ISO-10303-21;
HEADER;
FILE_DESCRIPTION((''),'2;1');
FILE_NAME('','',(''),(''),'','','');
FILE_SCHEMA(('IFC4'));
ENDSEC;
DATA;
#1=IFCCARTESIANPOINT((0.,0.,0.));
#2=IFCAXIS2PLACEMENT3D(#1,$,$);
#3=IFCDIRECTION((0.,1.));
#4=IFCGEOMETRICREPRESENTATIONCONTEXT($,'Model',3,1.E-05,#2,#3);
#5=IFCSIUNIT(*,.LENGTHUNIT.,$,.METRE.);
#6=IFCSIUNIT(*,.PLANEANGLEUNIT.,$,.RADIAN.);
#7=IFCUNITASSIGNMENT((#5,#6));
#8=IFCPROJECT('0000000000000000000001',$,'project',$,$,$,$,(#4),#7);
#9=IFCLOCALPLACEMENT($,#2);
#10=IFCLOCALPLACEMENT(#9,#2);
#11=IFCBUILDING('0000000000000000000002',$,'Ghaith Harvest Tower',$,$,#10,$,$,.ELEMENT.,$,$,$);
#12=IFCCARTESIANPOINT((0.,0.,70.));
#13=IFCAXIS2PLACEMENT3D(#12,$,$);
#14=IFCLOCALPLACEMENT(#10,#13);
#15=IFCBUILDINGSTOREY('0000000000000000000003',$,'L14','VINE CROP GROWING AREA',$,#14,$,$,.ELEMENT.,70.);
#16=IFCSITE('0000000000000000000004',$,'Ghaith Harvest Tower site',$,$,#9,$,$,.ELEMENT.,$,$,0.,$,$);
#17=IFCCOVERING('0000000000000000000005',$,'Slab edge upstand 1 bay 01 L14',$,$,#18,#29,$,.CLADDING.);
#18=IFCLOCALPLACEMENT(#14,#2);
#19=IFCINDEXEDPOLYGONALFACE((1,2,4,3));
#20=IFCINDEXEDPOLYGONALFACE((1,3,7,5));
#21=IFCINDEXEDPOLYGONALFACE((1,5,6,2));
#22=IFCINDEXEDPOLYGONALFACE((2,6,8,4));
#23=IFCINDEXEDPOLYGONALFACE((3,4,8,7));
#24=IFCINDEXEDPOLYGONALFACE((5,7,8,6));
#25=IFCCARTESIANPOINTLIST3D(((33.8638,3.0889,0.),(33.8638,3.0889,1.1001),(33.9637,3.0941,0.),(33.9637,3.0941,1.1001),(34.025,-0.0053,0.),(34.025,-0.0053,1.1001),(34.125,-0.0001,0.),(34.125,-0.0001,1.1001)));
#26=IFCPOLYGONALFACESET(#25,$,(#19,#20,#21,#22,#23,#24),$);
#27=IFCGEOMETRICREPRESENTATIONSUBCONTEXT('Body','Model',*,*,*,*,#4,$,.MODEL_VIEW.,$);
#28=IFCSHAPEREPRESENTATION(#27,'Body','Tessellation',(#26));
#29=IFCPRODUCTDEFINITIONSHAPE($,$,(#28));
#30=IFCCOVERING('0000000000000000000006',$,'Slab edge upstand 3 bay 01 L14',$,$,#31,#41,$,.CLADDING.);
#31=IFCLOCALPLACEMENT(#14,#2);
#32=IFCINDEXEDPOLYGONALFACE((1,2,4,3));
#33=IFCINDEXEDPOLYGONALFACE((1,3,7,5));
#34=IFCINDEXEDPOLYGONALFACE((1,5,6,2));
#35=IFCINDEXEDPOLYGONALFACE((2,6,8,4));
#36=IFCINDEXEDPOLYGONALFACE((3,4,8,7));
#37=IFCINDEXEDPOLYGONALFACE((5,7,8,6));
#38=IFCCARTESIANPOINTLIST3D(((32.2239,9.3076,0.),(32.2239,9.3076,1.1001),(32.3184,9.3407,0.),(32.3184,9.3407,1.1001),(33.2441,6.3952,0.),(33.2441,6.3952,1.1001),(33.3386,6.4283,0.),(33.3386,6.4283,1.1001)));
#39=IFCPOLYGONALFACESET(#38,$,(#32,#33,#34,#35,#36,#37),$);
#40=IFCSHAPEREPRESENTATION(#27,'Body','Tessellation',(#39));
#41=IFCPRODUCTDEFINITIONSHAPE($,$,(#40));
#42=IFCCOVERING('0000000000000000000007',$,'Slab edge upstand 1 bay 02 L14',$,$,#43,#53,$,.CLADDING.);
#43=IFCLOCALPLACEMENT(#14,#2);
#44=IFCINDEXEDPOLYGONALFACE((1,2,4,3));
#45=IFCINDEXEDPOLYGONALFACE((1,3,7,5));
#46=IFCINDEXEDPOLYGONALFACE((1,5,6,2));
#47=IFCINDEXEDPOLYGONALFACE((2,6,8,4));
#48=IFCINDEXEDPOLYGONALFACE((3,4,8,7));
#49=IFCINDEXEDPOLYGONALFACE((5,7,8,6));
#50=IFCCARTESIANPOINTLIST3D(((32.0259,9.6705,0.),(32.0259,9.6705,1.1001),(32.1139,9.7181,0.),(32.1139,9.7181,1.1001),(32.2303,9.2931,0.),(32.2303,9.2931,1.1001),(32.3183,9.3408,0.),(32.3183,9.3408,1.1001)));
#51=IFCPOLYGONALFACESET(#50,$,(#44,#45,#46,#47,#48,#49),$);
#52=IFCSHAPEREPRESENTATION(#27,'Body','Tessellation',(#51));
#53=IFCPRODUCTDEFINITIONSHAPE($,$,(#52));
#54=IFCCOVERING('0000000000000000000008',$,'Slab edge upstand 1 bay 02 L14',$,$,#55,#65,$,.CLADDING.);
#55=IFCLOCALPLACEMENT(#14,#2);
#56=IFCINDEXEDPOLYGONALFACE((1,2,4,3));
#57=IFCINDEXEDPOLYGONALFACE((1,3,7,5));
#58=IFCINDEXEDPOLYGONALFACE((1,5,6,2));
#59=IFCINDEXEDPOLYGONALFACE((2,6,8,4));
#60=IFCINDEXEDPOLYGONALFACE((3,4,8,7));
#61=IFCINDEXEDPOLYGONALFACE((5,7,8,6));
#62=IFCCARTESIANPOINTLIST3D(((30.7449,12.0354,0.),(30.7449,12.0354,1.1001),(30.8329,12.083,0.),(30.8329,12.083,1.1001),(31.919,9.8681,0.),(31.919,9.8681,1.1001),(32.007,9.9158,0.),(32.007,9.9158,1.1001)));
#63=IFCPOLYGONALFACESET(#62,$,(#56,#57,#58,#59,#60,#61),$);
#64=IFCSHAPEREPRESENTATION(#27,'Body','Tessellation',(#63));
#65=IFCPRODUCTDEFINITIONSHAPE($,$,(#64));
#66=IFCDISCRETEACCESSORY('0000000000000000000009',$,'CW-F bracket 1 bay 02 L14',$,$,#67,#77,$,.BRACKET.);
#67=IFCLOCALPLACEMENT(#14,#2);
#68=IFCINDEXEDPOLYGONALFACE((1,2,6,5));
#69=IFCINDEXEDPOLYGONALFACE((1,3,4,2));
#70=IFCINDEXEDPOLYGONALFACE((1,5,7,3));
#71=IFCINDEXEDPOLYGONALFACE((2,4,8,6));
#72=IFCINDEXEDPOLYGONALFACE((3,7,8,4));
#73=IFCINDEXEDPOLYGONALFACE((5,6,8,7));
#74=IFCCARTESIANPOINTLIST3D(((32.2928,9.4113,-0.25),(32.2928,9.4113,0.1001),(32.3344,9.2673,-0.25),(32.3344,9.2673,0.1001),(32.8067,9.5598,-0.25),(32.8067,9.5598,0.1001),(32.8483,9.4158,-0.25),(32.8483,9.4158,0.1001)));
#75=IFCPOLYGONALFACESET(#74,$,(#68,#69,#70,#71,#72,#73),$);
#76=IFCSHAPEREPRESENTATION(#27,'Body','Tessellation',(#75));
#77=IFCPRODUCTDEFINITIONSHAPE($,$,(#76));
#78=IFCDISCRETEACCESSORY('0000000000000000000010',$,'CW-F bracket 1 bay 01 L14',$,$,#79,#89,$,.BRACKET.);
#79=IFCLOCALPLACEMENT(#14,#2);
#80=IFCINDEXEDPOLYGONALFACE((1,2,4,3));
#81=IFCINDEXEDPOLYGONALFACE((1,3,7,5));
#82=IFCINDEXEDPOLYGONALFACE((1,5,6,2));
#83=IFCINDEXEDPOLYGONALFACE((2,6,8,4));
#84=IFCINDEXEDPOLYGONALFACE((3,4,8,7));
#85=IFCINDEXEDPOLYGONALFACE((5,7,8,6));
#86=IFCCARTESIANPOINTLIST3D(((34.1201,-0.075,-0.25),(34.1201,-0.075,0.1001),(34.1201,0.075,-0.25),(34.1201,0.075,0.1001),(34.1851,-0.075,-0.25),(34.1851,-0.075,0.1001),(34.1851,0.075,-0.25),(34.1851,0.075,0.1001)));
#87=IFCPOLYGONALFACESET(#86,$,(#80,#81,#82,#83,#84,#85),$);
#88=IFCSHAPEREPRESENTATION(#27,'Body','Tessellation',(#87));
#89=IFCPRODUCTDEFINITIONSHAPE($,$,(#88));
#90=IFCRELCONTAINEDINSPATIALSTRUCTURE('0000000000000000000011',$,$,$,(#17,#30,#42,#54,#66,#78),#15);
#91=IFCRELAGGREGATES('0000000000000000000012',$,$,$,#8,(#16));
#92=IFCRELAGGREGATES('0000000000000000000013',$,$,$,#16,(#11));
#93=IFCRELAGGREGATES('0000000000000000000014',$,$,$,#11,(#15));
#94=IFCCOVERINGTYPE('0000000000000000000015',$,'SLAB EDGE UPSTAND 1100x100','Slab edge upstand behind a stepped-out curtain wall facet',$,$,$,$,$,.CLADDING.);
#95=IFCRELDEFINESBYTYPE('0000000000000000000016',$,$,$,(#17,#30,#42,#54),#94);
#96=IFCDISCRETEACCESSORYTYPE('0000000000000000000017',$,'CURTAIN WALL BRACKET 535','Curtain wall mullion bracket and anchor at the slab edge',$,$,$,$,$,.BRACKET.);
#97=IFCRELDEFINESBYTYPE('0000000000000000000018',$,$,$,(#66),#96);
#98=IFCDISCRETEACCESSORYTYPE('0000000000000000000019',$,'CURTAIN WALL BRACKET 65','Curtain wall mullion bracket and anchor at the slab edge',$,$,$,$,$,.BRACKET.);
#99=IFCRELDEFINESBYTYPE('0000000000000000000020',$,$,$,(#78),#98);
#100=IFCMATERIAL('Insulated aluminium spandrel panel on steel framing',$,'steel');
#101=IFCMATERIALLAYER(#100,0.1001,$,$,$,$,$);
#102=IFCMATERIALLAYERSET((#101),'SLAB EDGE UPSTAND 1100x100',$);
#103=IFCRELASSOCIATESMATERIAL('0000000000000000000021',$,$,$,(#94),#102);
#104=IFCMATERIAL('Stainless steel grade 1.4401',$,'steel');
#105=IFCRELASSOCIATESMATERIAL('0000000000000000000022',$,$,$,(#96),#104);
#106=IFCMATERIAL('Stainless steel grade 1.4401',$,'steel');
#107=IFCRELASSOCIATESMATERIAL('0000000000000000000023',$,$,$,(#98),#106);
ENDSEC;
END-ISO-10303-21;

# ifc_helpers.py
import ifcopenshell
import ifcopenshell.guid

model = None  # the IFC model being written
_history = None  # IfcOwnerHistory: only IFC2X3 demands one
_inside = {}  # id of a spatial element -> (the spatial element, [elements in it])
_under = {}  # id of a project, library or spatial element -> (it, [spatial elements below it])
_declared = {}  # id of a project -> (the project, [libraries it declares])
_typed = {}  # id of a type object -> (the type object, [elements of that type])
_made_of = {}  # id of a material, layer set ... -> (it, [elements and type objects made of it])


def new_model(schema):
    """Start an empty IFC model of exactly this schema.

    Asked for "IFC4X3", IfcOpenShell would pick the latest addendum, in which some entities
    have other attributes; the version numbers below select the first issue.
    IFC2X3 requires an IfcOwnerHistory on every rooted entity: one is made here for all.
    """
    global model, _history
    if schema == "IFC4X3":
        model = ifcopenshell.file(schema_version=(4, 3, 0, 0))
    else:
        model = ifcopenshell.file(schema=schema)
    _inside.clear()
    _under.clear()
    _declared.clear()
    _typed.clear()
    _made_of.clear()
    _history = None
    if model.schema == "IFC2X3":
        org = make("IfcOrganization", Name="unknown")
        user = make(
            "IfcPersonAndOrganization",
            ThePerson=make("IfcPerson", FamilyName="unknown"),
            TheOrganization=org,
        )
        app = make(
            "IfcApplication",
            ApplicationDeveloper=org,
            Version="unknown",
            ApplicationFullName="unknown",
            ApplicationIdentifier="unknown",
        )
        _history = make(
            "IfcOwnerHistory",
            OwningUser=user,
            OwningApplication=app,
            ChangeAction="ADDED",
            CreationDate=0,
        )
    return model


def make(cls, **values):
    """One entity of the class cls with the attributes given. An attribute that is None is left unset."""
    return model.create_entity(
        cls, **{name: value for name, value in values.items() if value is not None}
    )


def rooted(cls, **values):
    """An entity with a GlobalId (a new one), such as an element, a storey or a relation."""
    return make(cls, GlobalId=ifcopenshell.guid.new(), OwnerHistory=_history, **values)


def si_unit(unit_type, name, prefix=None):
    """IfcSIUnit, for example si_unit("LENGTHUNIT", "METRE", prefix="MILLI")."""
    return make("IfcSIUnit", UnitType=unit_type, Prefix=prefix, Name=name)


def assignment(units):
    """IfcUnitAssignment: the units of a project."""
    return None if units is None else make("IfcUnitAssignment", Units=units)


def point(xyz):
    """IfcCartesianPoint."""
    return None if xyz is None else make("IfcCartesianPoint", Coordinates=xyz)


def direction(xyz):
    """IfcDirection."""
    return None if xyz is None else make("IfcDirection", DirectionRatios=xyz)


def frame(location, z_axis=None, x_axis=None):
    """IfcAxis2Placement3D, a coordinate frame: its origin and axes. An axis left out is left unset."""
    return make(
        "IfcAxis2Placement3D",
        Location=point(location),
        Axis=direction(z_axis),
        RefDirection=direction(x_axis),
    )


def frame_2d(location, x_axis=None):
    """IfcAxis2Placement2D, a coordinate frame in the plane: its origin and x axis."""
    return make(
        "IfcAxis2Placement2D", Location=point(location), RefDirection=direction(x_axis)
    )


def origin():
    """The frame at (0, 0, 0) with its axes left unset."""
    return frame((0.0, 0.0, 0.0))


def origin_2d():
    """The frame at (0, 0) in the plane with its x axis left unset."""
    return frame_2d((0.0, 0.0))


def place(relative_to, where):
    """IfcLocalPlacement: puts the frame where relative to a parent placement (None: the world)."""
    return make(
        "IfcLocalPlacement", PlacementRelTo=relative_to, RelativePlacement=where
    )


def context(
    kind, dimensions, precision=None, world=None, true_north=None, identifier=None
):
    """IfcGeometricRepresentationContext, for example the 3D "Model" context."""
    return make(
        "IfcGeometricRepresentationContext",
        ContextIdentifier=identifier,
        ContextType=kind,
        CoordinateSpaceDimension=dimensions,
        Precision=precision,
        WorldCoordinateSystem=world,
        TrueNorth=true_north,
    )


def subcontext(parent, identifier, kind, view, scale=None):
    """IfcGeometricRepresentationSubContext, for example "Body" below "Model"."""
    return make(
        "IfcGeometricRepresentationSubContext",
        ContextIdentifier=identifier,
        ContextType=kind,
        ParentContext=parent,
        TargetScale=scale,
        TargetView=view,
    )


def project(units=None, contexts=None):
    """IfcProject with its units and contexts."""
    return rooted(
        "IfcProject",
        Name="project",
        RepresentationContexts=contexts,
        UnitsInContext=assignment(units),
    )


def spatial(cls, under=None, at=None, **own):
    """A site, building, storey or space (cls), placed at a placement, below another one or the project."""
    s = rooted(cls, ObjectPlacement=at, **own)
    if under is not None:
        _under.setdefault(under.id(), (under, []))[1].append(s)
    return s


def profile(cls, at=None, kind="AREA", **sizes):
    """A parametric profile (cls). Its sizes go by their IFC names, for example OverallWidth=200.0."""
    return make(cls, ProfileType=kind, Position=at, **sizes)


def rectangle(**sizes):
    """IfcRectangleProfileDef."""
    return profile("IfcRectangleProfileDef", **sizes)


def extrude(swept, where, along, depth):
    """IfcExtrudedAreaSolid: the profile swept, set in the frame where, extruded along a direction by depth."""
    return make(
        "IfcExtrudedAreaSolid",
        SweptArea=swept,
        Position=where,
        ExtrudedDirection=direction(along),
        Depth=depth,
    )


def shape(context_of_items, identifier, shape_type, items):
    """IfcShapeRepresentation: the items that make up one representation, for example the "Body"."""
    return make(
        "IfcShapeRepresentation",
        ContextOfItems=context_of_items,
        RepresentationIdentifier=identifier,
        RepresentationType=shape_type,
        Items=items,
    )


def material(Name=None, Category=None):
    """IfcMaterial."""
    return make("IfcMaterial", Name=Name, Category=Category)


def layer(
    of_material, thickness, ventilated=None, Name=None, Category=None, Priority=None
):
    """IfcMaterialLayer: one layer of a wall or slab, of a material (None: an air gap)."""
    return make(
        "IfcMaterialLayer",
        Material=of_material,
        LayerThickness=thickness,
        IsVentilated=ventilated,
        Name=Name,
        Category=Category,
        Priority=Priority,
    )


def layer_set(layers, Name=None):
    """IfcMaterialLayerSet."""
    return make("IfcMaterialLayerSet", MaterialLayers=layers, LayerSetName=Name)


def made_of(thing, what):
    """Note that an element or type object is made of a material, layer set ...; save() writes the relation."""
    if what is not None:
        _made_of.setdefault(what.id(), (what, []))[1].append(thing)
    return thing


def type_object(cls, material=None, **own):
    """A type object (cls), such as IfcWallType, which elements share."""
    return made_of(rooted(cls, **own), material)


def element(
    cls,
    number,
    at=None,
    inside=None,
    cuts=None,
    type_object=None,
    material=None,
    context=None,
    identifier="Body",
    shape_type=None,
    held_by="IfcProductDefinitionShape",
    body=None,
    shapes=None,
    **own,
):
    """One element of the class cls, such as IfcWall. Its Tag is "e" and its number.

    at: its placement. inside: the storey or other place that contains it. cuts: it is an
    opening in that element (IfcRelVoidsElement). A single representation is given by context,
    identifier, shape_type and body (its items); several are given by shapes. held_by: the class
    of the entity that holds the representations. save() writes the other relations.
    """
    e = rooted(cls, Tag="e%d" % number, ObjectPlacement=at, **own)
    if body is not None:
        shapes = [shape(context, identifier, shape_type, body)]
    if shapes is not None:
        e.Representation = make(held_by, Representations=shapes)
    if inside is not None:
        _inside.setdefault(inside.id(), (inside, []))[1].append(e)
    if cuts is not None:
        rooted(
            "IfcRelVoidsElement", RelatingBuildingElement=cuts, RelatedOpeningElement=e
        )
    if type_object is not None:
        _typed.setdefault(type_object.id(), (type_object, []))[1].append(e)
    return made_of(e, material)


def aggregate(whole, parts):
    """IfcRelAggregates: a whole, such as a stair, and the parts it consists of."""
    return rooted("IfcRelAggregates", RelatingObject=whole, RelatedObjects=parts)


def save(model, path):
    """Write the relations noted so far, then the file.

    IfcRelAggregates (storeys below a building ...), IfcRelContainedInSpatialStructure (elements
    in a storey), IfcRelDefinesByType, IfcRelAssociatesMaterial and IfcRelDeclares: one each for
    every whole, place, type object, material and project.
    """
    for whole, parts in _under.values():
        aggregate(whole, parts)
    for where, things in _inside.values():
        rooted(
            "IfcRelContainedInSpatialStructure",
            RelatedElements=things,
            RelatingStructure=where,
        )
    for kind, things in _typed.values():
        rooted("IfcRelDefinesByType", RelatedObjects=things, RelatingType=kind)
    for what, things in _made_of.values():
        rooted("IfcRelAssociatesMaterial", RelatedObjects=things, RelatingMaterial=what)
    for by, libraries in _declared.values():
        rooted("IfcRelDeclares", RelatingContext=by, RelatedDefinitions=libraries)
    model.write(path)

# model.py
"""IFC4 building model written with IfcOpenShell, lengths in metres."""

from ifc_helpers import new_model, si_unit, direction, frame, origin, origin_2d, place, context, subcontext, project, spatial, rectangle, extrude, material, layer, layer_set, type_object, element, save


model = new_model("IFC4")

# Units and contexts
model_context = context("Model", 3, precision=1e-05, world=origin(), true_north=direction((0.0, 1.0)))
body_context = subcontext(model_context, "Body", "Model", "MODEL_VIEW")
ifc_project = project(units=[si_unit("LENGTHUNIT", "METRE"), si_unit("PLANEANGLEUNIT", "RADIAN")], contexts=[model_context])

# Site, building, storey
site_placement = place(None, origin())
site = spatial("IfcSite", under=ifc_project, at=site_placement, Name="Ghaith Harvest Tower site", CompositionType="ELEMENT", RefElevation=0.0)
building_placement = place(site_placement, origin())
building = spatial("IfcBuilding", under=site, at=building_placement, Name="Ghaith Harvest Tower", CompositionType="ELEMENT")
storey_placement = place(building_placement, frame((0.0, 0.0, 70.0)))
storey = spatial("IfcBuildingStorey", under=building, at=storey_placement, Name="L14", Description="VINE CROP GROWING AREA", CompositionType="ELEMENT", Elevation=70.0)

# Coverings
ifc_material_1 = material(Name="Insulated aluminium spandrel panel on steel framing", Category="steel")
ifc_layer_1 = layer(ifc_material_1, 0.1001)
ifc_layer_set_1 = layer_set([ifc_layer_1], Name="SLAB EDGE UPSTAND 1100x100")
covering_type = type_object("IfcCoveringType", Name="SLAB EDGE UPSTAND 1100x100", Description="Slab edge upstand behind a stepped-out curtain wall facet", PredefinedType="CLADDING", material=ifc_layer_set_1)
covering_1_placement = place(storey_placement, frame((33.9944, 1.5444, 0.0), z_axis=(0.0, 0.0, 1.0), x_axis=(-0.052049, 0.998645, 0.0)))
element("IfcCovering", 1, at=covering_1_placement, inside=storey, type_object=covering_type, Name="Slab edge upstand 1 bay 01 L14", PredefinedType="CLADDING", context=body_context, shape_type="SweptSolid", body=[
    extrude(rectangle(XDim=3.0984, YDim=0.1001, at=origin_2d()), origin(), (0.0, 0.0, 1.0), 1.1001),
])
covering_2_placement = place(storey_placement, frame((32.7812, 7.8679, 0.0), z_axis=(0.0, 0.0, 1.0), x_axis=(-0.330598, 0.943772, 0.0)))
element("IfcCovering", 2, at=covering_2_placement, inside=storey, type_object=covering_type, Name="Slab edge upstand 3 bay 01 L14", PredefinedType="CLADDING", context=body_context, shape_type="SweptSolid", body=[
    extrude(rectangle(XDim=3.0859, YDim=0.1001, at=origin_2d()), origin(), (0.0, 0.0, 1.0), 1.1001),
])
covering_3_placement = place(storey_placement, frame((32.1721, 9.5056, 0.0), z_axis=(0.0, 0.0, 1.0), x_axis=(-0.476349, 0.879256, 0.0)))
element("IfcCovering", 3, at=covering_3_placement, inside=storey, type_object=covering_type, Name="Slab edge upstand 1 bay 02 L14", PredefinedType="CLADDING", context=body_context, shape_type="SweptSolid", body=[
    extrude(rectangle(XDim=0.4292, YDim=0.1001, at=origin_2d()), origin(), (0.0, 0.0, 1.0), 1.1001),
])
covering_4_placement = place(storey_placement, frame((31.376, 10.9756, 0.0), z_axis=(0.0, 0.0, 1.0), x_axis=(-0.476349, 0.879256, 0.0)))
element("IfcCovering", 4, at=covering_4_placement, inside=storey, type_object=covering_type, Name="Slab edge upstand 1 bay 02 L14", PredefinedType="CLADDING", context=body_context, shape_type="SweptSolid", body=[
    extrude(rectangle(XDim=2.4648, YDim=0.1001, at=origin_2d()), origin(), (0.0, 0.0, 1.0), 1.1001),
])

# Discrete accessories
ifc_material_2 = material(Name="Stainless steel grade 1.4401", Category="steel")
discrete_accessory_type_1 = type_object("IfcDiscreteAccessoryType", Name="CURTAIN WALL BRACKET 535", Description="Curtain wall mullion bracket and anchor at the slab edge", PredefinedType="BRACKET", material=ifc_material_2)
discrete_accessory_1_placement = place(storey_placement, frame((32.5706, 9.4136, -0.25), z_axis=(0.0, 0.0, 1.0), x_axis=(0.96068, 0.277657, 0.0)))
element("IfcDiscreteAccessory", 5, at=discrete_accessory_1_placement, inside=storey, type_object=discrete_accessory_type_1, Name="CW-F bracket 1 bay 02 L14", PredefinedType="BRACKET", context=body_context, shape_type="SweptSolid", body=[
    extrude(rectangle(XDim=0.5349, YDim=0.1499, at=origin_2d()), origin(), (0.0, 0.0, 1.0), 0.3501),
])
ifc_material_3 = material(Name="Stainless steel grade 1.4401", Category="steel")
discrete_accessory_type_2 = type_object("IfcDiscreteAccessoryType", Name="CURTAIN WALL BRACKET 65", Description="Curtain wall mullion bracket and anchor at the slab edge", PredefinedType="BRACKET", material=ifc_material_3)
discrete_accessory_2_placement = place(storey_placement, frame((34.1526, 0.0, -0.25), z_axis=(0.0, 0.0, 1.0), x_axis=(1.0, 0.0, 0.0)))
element("IfcDiscreteAccessory", 6, at=discrete_accessory_2_placement, inside=storey, type_object=discrete_accessory_type_2, Name="CW-F bracket 1 bay 01 L14", PredefinedType="BRACKET", context=body_context, shape_type="SweptSolid", body=[
    extrude(rectangle(XDim=0.0649, YDim=0.1499, at=origin_2d()), origin(), (0.0, 0.0, 1.0), 0.3501),
])

save(model, "model.ifc")
